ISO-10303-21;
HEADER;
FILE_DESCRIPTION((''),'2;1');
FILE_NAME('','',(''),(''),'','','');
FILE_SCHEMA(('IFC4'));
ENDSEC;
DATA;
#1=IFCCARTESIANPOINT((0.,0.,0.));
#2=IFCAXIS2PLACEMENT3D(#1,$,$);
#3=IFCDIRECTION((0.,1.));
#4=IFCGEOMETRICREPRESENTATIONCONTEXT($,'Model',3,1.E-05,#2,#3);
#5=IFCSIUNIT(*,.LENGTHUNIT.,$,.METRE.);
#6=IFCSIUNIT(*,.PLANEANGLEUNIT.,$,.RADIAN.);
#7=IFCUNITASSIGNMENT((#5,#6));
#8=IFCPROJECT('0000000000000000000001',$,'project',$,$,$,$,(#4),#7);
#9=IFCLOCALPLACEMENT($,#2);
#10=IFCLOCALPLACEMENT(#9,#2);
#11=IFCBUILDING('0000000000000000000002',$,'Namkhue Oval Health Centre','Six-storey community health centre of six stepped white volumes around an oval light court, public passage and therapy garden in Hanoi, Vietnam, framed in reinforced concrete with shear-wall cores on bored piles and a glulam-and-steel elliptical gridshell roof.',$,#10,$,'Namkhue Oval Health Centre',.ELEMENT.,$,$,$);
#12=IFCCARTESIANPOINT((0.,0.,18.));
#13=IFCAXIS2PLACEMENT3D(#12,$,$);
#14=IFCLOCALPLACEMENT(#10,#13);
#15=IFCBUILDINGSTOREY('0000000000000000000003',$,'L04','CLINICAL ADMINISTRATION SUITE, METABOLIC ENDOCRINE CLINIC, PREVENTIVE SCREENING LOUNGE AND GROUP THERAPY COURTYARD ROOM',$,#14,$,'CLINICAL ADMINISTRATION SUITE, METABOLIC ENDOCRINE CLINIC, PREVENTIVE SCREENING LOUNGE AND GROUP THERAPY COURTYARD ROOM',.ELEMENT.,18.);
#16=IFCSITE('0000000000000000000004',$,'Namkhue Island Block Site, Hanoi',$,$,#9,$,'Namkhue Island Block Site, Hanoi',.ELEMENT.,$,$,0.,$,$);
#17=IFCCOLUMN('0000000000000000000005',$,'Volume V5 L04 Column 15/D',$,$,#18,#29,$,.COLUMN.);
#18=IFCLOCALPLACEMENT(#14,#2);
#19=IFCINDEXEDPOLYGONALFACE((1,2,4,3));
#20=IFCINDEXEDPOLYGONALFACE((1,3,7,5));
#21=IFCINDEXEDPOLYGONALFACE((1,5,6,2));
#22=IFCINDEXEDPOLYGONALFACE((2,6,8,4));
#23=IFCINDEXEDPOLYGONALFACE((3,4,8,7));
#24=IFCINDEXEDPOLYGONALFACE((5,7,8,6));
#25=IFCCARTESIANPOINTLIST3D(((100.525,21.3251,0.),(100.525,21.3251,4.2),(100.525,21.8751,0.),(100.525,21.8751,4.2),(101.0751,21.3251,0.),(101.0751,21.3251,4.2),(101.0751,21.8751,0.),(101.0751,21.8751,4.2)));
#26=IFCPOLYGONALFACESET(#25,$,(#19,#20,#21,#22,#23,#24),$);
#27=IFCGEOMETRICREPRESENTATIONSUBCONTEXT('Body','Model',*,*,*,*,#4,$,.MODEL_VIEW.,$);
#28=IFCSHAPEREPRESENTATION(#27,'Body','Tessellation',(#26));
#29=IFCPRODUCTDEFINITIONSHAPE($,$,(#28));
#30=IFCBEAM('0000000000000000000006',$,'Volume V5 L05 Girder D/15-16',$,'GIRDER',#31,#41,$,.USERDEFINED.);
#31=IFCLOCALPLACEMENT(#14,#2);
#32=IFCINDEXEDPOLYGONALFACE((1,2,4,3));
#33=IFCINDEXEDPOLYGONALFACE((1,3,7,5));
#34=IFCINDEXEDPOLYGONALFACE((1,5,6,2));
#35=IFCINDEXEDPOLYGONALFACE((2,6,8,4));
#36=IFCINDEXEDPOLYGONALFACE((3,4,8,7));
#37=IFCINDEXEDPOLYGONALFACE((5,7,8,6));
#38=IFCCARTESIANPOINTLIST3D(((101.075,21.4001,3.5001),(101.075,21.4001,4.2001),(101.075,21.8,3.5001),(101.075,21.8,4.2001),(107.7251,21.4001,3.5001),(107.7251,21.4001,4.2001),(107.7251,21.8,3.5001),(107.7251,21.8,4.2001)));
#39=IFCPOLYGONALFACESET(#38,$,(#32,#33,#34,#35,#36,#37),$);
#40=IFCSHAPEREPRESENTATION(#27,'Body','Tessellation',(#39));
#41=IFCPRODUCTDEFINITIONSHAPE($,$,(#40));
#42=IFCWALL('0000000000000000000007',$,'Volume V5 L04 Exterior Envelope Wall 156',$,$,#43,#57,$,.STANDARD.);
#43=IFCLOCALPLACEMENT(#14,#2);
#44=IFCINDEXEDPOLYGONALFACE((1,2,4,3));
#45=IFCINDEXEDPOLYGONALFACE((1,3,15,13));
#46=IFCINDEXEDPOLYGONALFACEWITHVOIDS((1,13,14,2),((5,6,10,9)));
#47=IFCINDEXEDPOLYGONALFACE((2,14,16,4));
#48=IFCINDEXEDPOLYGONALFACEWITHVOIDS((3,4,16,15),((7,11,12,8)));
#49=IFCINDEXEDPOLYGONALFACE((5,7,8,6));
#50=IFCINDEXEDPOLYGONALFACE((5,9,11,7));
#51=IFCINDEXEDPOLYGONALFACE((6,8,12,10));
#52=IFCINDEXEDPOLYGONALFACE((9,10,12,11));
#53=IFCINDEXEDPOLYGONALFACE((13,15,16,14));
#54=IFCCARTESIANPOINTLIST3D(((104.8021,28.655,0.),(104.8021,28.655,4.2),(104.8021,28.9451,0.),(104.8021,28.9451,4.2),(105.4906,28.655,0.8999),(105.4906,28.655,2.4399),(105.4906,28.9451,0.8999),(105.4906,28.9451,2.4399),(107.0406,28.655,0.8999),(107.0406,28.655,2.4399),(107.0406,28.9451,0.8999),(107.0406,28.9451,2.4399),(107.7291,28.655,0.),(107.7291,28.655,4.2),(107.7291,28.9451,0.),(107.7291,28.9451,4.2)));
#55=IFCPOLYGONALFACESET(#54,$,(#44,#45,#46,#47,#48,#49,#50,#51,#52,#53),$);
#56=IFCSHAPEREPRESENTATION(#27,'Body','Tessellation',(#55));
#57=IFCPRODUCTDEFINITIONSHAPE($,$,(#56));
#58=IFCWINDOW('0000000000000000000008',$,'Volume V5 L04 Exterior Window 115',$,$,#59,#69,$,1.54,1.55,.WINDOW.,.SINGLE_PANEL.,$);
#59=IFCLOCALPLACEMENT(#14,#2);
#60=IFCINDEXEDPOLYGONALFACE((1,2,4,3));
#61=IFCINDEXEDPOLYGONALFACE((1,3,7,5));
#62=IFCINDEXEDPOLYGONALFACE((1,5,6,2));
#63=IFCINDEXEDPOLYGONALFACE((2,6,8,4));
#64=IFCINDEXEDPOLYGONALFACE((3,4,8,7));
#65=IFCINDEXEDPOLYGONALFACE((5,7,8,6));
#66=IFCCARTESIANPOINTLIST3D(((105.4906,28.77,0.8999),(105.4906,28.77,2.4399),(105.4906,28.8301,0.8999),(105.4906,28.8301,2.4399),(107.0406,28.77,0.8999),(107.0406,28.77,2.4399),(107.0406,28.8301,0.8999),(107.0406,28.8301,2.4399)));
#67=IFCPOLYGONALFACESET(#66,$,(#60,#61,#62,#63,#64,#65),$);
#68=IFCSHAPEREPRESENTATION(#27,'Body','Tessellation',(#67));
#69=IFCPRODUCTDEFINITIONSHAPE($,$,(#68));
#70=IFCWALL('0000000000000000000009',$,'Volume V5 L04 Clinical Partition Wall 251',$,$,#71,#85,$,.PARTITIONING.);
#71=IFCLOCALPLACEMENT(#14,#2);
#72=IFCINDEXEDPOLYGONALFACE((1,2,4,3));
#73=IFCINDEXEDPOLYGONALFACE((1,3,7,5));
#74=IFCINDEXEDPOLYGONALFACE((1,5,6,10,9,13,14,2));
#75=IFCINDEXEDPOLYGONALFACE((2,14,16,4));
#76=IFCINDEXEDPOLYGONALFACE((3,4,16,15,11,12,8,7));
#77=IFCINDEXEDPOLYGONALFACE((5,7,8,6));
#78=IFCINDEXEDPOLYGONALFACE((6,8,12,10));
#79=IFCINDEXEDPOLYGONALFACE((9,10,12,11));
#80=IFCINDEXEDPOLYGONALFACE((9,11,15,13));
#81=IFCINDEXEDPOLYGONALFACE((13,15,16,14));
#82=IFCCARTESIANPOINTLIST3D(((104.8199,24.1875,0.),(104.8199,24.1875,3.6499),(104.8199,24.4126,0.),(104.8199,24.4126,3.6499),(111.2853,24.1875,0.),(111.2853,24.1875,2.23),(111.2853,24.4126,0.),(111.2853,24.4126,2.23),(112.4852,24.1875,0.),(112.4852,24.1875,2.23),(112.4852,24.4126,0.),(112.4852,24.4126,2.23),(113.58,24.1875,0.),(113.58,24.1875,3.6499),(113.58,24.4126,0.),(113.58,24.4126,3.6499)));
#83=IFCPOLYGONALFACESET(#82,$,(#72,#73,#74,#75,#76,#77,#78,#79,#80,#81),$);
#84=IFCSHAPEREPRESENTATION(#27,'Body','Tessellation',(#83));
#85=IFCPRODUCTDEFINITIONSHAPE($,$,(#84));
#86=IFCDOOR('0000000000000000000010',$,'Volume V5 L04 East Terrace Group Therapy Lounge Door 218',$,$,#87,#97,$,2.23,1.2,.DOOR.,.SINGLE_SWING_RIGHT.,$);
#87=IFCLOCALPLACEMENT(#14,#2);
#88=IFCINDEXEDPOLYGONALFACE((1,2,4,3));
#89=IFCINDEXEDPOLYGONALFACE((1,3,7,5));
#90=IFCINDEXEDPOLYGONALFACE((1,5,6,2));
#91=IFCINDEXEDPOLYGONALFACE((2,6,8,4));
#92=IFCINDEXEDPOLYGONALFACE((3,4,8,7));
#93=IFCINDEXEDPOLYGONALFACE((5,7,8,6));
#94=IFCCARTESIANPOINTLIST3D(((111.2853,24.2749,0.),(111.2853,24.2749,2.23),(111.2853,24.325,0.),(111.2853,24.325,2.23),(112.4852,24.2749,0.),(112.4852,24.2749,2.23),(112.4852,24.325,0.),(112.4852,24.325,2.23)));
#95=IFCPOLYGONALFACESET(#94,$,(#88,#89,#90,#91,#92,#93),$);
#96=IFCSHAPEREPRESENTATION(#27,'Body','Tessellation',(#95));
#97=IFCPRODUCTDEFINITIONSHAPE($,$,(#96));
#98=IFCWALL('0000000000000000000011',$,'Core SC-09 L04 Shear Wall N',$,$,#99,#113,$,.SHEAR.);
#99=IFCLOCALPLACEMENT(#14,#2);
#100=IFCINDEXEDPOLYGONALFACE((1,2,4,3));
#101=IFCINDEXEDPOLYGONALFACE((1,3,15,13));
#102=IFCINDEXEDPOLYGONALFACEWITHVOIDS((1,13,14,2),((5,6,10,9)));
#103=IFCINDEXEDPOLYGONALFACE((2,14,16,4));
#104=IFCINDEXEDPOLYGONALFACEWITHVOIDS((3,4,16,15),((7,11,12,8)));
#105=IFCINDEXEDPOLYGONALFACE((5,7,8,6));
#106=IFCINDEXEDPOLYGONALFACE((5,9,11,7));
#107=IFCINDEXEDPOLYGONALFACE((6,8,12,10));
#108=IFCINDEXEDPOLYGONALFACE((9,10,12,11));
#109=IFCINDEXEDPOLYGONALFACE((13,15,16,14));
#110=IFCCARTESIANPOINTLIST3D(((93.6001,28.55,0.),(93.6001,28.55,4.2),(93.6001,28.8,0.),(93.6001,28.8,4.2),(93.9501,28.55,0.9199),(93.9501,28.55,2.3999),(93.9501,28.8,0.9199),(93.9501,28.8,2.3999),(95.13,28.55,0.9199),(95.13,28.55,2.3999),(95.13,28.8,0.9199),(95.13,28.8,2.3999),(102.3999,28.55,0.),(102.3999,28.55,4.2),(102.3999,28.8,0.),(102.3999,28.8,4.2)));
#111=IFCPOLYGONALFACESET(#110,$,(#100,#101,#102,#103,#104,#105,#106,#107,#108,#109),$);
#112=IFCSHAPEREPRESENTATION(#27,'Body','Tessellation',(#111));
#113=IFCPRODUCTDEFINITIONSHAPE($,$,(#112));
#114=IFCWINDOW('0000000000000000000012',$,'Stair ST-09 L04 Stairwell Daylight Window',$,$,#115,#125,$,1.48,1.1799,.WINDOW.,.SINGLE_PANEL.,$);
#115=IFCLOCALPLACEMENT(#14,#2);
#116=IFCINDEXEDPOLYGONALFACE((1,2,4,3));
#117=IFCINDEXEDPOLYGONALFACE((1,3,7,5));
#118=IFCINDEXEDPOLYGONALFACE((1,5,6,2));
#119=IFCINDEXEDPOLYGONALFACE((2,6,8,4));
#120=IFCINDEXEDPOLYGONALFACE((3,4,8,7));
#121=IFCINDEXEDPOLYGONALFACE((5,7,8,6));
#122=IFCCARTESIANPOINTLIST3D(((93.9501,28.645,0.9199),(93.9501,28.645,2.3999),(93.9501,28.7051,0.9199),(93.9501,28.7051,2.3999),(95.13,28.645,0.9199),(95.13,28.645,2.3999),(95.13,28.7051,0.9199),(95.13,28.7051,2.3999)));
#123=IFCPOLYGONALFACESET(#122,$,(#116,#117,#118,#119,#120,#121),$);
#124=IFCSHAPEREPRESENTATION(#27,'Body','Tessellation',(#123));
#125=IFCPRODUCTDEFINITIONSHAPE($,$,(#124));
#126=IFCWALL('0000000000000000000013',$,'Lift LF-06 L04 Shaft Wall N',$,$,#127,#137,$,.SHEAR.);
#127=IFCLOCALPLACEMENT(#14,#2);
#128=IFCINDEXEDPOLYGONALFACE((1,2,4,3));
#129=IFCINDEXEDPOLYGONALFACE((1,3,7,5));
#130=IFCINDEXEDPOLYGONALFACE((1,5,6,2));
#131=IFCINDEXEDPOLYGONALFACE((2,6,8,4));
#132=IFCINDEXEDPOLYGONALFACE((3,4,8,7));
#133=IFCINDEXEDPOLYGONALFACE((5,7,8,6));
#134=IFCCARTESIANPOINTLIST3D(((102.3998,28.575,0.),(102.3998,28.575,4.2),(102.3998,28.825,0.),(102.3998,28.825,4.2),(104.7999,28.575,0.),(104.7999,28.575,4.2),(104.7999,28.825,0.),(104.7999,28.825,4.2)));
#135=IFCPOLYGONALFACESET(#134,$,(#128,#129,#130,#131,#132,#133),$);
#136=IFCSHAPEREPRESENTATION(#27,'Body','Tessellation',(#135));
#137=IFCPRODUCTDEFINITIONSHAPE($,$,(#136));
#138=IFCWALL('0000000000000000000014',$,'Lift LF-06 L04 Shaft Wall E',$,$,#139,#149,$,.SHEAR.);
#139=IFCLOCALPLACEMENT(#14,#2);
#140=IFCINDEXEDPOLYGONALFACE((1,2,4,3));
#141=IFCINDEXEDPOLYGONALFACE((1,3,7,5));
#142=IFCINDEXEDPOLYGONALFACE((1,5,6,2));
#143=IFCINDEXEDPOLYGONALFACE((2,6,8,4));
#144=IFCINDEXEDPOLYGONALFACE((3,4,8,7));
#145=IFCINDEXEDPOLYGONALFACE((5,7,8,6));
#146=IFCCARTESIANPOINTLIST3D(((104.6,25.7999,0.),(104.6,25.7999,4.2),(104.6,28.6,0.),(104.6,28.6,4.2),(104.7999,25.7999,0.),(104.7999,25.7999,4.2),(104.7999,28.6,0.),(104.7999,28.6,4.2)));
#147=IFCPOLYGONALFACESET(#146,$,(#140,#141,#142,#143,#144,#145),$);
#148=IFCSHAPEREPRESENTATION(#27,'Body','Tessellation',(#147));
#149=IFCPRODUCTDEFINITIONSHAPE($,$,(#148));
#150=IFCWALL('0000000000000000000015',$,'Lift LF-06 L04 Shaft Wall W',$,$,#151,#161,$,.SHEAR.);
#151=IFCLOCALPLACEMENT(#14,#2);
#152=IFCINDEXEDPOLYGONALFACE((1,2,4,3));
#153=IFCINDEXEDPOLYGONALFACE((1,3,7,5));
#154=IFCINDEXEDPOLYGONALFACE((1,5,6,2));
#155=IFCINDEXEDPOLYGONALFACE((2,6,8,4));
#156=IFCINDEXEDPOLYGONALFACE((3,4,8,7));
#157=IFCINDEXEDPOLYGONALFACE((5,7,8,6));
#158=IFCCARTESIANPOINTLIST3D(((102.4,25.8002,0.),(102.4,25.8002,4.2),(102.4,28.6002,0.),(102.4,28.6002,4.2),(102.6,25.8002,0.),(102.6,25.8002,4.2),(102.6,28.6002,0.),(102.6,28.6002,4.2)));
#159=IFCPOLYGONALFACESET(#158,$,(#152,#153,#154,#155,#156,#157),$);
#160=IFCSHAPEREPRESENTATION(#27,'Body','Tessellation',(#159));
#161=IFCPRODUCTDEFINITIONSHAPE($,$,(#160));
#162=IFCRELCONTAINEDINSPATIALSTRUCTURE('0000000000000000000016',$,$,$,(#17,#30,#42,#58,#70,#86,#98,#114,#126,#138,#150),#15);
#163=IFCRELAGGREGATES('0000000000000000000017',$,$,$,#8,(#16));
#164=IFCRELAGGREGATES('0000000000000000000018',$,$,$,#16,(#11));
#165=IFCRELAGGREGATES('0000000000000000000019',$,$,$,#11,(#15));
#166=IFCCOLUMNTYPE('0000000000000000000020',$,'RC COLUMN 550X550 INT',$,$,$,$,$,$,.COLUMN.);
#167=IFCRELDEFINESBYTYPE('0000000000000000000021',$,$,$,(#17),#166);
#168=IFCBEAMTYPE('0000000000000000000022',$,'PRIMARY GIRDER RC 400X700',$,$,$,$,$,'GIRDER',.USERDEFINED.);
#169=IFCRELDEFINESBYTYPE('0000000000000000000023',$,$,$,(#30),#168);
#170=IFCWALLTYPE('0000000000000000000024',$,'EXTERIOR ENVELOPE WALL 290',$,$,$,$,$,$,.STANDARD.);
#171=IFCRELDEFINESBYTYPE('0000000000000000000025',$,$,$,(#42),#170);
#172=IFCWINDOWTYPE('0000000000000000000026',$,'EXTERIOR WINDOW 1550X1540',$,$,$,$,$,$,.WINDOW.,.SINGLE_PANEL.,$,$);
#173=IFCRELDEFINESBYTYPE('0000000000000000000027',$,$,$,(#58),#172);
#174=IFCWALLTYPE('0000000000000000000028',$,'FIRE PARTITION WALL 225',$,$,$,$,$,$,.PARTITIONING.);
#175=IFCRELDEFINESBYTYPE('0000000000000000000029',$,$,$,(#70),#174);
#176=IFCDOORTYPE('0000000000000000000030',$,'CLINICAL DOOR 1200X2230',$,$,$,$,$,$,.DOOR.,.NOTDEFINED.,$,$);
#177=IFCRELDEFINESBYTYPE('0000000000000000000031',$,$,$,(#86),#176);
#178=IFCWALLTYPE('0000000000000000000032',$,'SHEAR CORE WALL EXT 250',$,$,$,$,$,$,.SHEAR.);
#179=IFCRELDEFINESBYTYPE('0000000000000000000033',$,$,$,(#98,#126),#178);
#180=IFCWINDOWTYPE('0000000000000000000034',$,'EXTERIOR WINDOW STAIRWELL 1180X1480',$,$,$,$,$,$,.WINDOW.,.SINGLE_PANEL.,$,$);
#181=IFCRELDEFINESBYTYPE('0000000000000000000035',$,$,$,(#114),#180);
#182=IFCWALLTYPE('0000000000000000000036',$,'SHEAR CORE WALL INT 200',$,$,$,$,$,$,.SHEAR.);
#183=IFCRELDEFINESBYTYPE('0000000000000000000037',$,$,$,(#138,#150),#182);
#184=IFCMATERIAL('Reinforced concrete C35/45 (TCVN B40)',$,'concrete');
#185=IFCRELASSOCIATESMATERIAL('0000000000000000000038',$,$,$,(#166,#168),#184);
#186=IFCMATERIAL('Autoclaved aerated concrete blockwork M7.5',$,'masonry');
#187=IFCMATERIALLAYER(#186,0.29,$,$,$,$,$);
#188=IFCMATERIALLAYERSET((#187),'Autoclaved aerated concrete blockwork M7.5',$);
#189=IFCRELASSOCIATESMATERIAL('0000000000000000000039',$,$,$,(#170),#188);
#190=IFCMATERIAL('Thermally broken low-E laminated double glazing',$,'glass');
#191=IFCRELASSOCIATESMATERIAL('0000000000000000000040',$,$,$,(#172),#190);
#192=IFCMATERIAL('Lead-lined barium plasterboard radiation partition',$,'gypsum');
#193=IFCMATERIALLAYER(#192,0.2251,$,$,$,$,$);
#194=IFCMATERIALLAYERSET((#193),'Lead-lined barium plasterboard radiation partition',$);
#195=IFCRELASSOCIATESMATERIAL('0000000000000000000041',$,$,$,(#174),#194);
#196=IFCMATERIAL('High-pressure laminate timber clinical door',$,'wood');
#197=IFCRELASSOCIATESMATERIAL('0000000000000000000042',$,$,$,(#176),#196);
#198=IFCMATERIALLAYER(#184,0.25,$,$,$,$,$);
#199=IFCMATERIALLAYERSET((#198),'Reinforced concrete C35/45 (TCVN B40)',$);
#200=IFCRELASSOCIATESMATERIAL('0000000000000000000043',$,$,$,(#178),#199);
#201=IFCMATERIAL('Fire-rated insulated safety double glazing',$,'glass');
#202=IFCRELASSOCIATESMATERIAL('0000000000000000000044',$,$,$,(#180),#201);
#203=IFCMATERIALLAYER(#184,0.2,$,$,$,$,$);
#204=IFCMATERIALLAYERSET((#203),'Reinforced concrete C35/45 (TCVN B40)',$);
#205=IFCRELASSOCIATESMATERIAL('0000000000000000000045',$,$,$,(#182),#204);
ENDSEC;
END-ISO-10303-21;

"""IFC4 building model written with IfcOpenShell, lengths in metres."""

from ifc_helpers import new_model, si_unit, direction, frame, frame_2d, origin, origin_2d, place, context, subcontext, project, spatial, rectangle, extrude, material, layer, layer_set, material_profile, profile_set, type_object, element, fill, save


model = new_model("IFC4")

# Units and contexts
model_context = context("Model", 3, precision=1e-05, world=origin(), true_north=direction((0.0, 1.0)))
body_context = subcontext(model_context, "Body", "Model", "MODEL_VIEW")
ifc_project = project(units=[si_unit("LENGTHUNIT", "METRE"), si_unit("PLANEANGLEUNIT", "RADIAN")], contexts=[model_context])

# Site, building, storey
site_placement = place(None, origin())
site = spatial("IfcSite", under=ifc_project, at=site_placement, Name="Namkhue Island Block Site, Hanoi", LongName="Namkhue Island Block Site, Hanoi", CompositionType="ELEMENT", RefElevation=0.0)
building_placement = place(site_placement, origin())
building = spatial("IfcBuilding", under=site, at=building_placement, Name="Namkhue Oval Health Centre", Description="Six-storey community health centre of six stepped white volumes around an oval light court, public passage and therapy garden in Hanoi, Vietnam, framed in reinforced concrete with shear-wall cores on bored piles and a glulam-and-steel elliptical gridshell roof.", LongName="Namkhue Oval Health Centre", CompositionType="ELEMENT")
storey_placement = place(building_placement, frame((0.0, 0.0, 18.0)))
storey = spatial("IfcBuildingStorey", under=building, at=storey_placement, Name="L04", Description="CLINICAL ADMINISTRATION SUITE, METABOLIC ENDOCRINE CLINIC, PREVENTIVE SCREENING LOUNGE AND GROUP THERAPY COURTYARD ROOM", LongName="CLINICAL ADMINISTRATION SUITE, METABOLIC ENDOCRINE CLINIC, PREVENTIVE SCREENING LOUNGE AND GROUP THERAPY COURTYARD ROOM", CompositionType="ELEMENT", Elevation=18.0)

# Column
ifc_material_1 = material(Name="Reinforced concrete C35/45 (TCVN B40)", Category="concrete")
ifc_material_profile_1 = material_profile(ifc_material_1, rectangle(XDim=0.55, YDim=0.55, at=origin_2d()), Name="RC 550x550")
ifc_profile_set_1 = profile_set([ifc_material_profile_1], Name="Reinforced concrete C35/45 (TCVN B40)")
column_type = type_object("IfcColumnType", Name="RC COLUMN 550X550 INT", PredefinedType="COLUMN", material=ifc_profile_set_1)
column_placement = place(storey_placement, frame((100.8, 21.6001, 0.0), z_axis=(0.0, 0.0, 1.0), x_axis=(1.0, 0.0, 0.0)))
element("IfcColumn", 1, at=column_placement, inside=storey, type_object=column_type, Name="Volume V5 L04 Column 15/D", PredefinedType="COLUMN", context=body_context, shape_type="SweptSolid", body=[
    extrude(rectangle(XDim=0.55, YDim=0.55, at=origin_2d()), origin(), (0.0, 0.0, 1.0), 4.2),
])

# Beam
ifc_material_profile_2 = material_profile(ifc_material_1, rectangle(XDim=0.3999, YDim=0.7, at=origin_2d()), Name="RC 400x700")
ifc_profile_set_2 = profile_set([ifc_material_profile_2], Name="Reinforced concrete C35/45 (TCVN B40)")
beam_type = type_object("IfcBeamType", Name="PRIMARY GIRDER RC 400X700", ElementType="GIRDER", PredefinedType="USERDEFINED", material=ifc_profile_set_2)
beam_placement = place(storey_placement, frame((101.075, 21.6001, 3.8501), z_axis=(1.0, 0.0, 0.0), x_axis=(0.0, 1.0, 0.0)))
element("IfcBeam", 2, at=beam_placement, inside=storey, type_object=beam_type, Name="Volume V5 L05 Girder D/15-16", ObjectType="GIRDER", PredefinedType="USERDEFINED", context=body_context, shape_type="SweptSolid", body=[
    extrude(rectangle(XDim=0.3999, YDim=0.7, at=origin_2d()), origin(), (0.0, 0.0, 1.0), 6.6501),
])

# Wall, opening, window
ifc_material_2 = material(Name="Autoclaved aerated concrete blockwork M7.5", Category="masonry")
ifc_layer_1 = layer(ifc_material_2, 0.29)
ifc_layer_set_1 = layer_set([ifc_layer_1], Name="Autoclaved aerated concrete blockwork M7.5")
wall_type_1 = type_object("IfcWallType", Name="EXTERIOR ENVELOPE WALL 290", PredefinedType="STANDARD", material=ifc_layer_set_1)
wall_1_placement = place(storey_placement, frame((107.729, 28.8, 0.0), z_axis=(0.0, 0.0, 1.0), x_axis=(-1.0, 0.0, 0.0)))
wall_1 = element("IfcWall", 3, at=wall_1_placement, inside=storey, type_object=wall_type_1, Name="Volume V5 L04 Exterior Envelope Wall 156", PredefinedType="STANDARD", context=body_context, shape_type="SweptSolid", body=[
    extrude(rectangle(XDim=2.927, YDim=0.29, at=frame_2d((1.4634, 0.0))), origin(), (0.0, 0.0, 1.0), 4.2),
])
opening_1_placement = place(wall_1_placement, frame((0.6885, 0.0, 0.8999)))
opening_1 = element("IfcOpeningElement", 4, at=opening_1_placement, cuts=wall_1, PredefinedType="OPENING", context=body_context, shape_type="SweptSolid", body=[
    extrude(rectangle(XDim=1.55, YDim=1.54, at=frame_2d((0.7749, 0.77))), frame((0.0, 0.155, 0.0), z_axis=(0.0, -1.0, 0.0), x_axis=(1.0, 0.0, 0.0)), (0.0, 0.0, 1.0), 0.3101),
])
ifc_material_3 = material(Name="Thermally broken low-E laminated double glazing", Category="glass")
window_type_1 = type_object("IfcWindowType", Name="EXTERIOR WINDOW 1550X1540", PartitioningType="SINGLE_PANEL", PredefinedType="WINDOW", material=ifc_material_3)
window_1_placement = place(opening_1_placement, origin())
window_1 = element("IfcWindow", 5, at=window_1_placement, inside=storey, type_object=window_type_1, Name="Volume V5 L04 Exterior Window 115", OverallHeight=1.54, OverallWidth=1.55, PartitioningType="SINGLE_PANEL", PredefinedType="WINDOW", context=body_context, shape_type="SweptSolid", body=[
    extrude(rectangle(XDim=1.55, YDim=1.54, at=frame_2d((0.7749, 0.77))), frame((0.0, 0.03, 0.0), z_axis=(0.0, -1.0, 0.0), x_axis=(1.0, 0.0, 0.0)), (0.0, 0.0, 1.0), 0.0601),
])
fill(opening_1, window_1)

# Wall, opening, door
ifc_material_4 = material(Name="Lead-lined barium plasterboard radiation partition", Category="gypsum")
ifc_layer_2 = layer(ifc_material_4, 0.2251)
ifc_layer_set_2 = layer_set([ifc_layer_2], Name="Lead-lined barium plasterboard radiation partition")
wall_type_2 = type_object("IfcWallType", Name="FIRE PARTITION WALL 225", PredefinedType="PARTITIONING", material=ifc_layer_set_2)
wall_2_placement = place(storey_placement, frame((104.8201, 24.3, 0.0), z_axis=(0.0, 0.0, 1.0), x_axis=(1.0, 0.0, 0.0)))
wall_2 = element("IfcWall", 6, at=wall_2_placement, inside=storey, type_object=wall_type_2, Name="Volume V5 L04 Clinical Partition Wall 251", PredefinedType="PARTITIONING", context=body_context, shape_type="SweptSolid", body=[
    extrude(rectangle(XDim=8.76, YDim=0.2251, at=frame_2d((4.3799, 0.0))), origin(), (0.0, 0.0, 1.0), 3.6499),
])
opening_2_placement = place(wall_2_placement, frame((6.4651, 0.0, 0.0)))
opening_2 = element("IfcOpeningElement", 7, at=opening_2_placement, cuts=wall_2, PredefinedType="OPENING", context=body_context, shape_type="SweptSolid", body=[
    extrude(rectangle(XDim=1.2, YDim=2.23, at=frame_2d((0.6001, 1.115))), frame((0.0, 0.1226, 0.0), z_axis=(0.0, -1.0, 0.0), x_axis=(1.0, 0.0, 0.0)), (0.0, 0.0, 1.0), 0.2451),
])
ifc_material_5 = material(Name="High-pressure laminate timber clinical door", Category="wood")
door_type_1 = type_object("IfcDoorType", Name="CLINICAL DOOR 1200X2230", OperationType="NOTDEFINED", PredefinedType="DOOR", material=ifc_material_5)
door_1_placement = place(opening_2_placement, origin())
door_1 = element("IfcDoor", 8, at=door_1_placement, inside=storey, type_object=door_type_1, Name="Volume V5 L04 East Terrace Group Therapy Lounge Door 218", OperationType="SINGLE_SWING_RIGHT", OverallHeight=2.23, OverallWidth=1.2, PredefinedType="DOOR", context=body_context, shape_type="SweptSolid", body=[
    extrude(rectangle(XDim=1.2, YDim=2.23, at=frame_2d((0.6001, 1.115))), frame((0.0, 0.0249, 0.0), z_axis=(0.0, -1.0, 0.0), x_axis=(1.0, 0.0, 0.0)), (0.0, 0.0, 1.0), 0.05),
])
fill(opening_2, door_1)

# Wall, opening, window
ifc_layer_3 = layer(ifc_material_1, 0.25)
ifc_layer_set_3 = layer_set([ifc_layer_3], Name="Reinforced concrete C35/45 (TCVN B40)")
wall_type_3 = type_object("IfcWallType", Name="SHEAR CORE WALL EXT 250", PredefinedType="SHEAR", material=ifc_layer_set_3)
wall_3_placement = place(storey_placement, frame((102.3999, 28.675, 0.0), z_axis=(0.0, 0.0, 1.0), x_axis=(-1.0, 0.0, 0.0)))
wall_3 = element("IfcWall", 9, at=wall_3_placement, inside=storey, type_object=wall_type_3, Name="Core SC-09 L04 Shear Wall N", PredefinedType="SHEAR", context=body_context, shape_type="SweptSolid", body=[
    extrude(rectangle(XDim=8.7998, YDim=0.25, at=frame_2d((4.3999, 0.0))), origin(), (0.0, 0.0, 1.0), 4.2),
])
opening_3_placement = place(wall_3_placement, frame((7.27, 0.0, 0.9199)))
opening_3 = element("IfcOpeningElement", 10, at=opening_3_placement, cuts=wall_3, PredefinedType="OPENING", context=body_context, shape_type="SweptSolid", body=[
    extrude(rectangle(XDim=1.1799, YDim=1.48, at=frame_2d((0.5898, 0.74))), frame((0.0, 0.135, 0.0), z_axis=(0.0, -1.0, 0.0), x_axis=(1.0, 0.0, 0.0)), (0.0, 0.0, 1.0), 0.27),
])
ifc_material_6 = material(Name="Fire-rated insulated safety double glazing", Category="glass")
window_type_2 = type_object("IfcWindowType", Name="EXTERIOR WINDOW STAIRWELL 1180X1480", PartitioningType="SINGLE_PANEL", PredefinedType="WINDOW", material=ifc_material_6)
window_2_placement = place(opening_3_placement, origin())
window_2 = element("IfcWindow", 11, at=window_2_placement, inside=storey, type_object=window_type_2, Name="Stair ST-09 L04 Stairwell Daylight Window", OverallHeight=1.48, OverallWidth=1.1799, PartitioningType="SINGLE_PANEL", PredefinedType="WINDOW", context=body_context, shape_type="SweptSolid", body=[
    extrude(rectangle(XDim=1.1799, YDim=1.48, at=frame_2d((0.5898, 0.74))), frame((0.0, 0.03, 0.0), z_axis=(0.0, -1.0, 0.0), x_axis=(1.0, 0.0, 0.0)), (0.0, 0.0, 1.0), 0.0601),
])
fill(opening_3, window_2)

# Wall
wall_4_placement = place(storey_placement, frame((104.8, 28.7, 0.0), z_axis=(0.0, 0.0, 1.0), x_axis=(-1.0, 0.0, 0.0)))
element("IfcWall", 12, at=wall_4_placement, inside=storey, type_object=wall_type_3, Name="Lift LF-06 L04 Shaft Wall N", PredefinedType="SHEAR", context=body_context, shape_type="SweptSolid", body=[
    extrude(rectangle(XDim=2.4001, YDim=0.25, at=frame_2d((1.2002, 0.0))), origin(), (0.0, 0.0, 1.0), 4.2),
])

# Shared definitions
ifc_layer_4 = layer(ifc_material_1, 0.2)
ifc_layer_set_4 = layer_set([ifc_layer_4], Name="Reinforced concrete C35/45 (TCVN B40)")
wall_type_4 = type_object("IfcWallType", Name="SHEAR CORE WALL INT 200", PredefinedType="SHEAR", material=ifc_layer_set_4)

# Walls
for number, where, z_axis, x_axis, name in (
    (13, (104.7, 25.8, 0.0), (0.0, 0.0, 1.0), (0.0, 1.0, 0.0), "Lift LF-06 L04 Shaft Wall E"),
    (14, (102.5, 28.6001, 0.0), (0.0, 0.0, 1.0), (0.0, -1.0, 0.0), "Lift LF-06 L04 Shaft Wall W"),
):
    element("IfcWall", number, at=place(storey_placement, frame(where, z_axis=z_axis, x_axis=x_axis)), inside=storey, type_object=wall_type_4, Name=name, PredefinedType="SHEAR", context=body_context, shape_type="SweptSolid", body=[
        extrude(rectangle(XDim=2.8, YDim=0.2, at=frame_2d((1.3999, 0.0))), origin(), (0.0, 0.0, 1.0), 4.2),
    ])

save(model, "model.ifc")
